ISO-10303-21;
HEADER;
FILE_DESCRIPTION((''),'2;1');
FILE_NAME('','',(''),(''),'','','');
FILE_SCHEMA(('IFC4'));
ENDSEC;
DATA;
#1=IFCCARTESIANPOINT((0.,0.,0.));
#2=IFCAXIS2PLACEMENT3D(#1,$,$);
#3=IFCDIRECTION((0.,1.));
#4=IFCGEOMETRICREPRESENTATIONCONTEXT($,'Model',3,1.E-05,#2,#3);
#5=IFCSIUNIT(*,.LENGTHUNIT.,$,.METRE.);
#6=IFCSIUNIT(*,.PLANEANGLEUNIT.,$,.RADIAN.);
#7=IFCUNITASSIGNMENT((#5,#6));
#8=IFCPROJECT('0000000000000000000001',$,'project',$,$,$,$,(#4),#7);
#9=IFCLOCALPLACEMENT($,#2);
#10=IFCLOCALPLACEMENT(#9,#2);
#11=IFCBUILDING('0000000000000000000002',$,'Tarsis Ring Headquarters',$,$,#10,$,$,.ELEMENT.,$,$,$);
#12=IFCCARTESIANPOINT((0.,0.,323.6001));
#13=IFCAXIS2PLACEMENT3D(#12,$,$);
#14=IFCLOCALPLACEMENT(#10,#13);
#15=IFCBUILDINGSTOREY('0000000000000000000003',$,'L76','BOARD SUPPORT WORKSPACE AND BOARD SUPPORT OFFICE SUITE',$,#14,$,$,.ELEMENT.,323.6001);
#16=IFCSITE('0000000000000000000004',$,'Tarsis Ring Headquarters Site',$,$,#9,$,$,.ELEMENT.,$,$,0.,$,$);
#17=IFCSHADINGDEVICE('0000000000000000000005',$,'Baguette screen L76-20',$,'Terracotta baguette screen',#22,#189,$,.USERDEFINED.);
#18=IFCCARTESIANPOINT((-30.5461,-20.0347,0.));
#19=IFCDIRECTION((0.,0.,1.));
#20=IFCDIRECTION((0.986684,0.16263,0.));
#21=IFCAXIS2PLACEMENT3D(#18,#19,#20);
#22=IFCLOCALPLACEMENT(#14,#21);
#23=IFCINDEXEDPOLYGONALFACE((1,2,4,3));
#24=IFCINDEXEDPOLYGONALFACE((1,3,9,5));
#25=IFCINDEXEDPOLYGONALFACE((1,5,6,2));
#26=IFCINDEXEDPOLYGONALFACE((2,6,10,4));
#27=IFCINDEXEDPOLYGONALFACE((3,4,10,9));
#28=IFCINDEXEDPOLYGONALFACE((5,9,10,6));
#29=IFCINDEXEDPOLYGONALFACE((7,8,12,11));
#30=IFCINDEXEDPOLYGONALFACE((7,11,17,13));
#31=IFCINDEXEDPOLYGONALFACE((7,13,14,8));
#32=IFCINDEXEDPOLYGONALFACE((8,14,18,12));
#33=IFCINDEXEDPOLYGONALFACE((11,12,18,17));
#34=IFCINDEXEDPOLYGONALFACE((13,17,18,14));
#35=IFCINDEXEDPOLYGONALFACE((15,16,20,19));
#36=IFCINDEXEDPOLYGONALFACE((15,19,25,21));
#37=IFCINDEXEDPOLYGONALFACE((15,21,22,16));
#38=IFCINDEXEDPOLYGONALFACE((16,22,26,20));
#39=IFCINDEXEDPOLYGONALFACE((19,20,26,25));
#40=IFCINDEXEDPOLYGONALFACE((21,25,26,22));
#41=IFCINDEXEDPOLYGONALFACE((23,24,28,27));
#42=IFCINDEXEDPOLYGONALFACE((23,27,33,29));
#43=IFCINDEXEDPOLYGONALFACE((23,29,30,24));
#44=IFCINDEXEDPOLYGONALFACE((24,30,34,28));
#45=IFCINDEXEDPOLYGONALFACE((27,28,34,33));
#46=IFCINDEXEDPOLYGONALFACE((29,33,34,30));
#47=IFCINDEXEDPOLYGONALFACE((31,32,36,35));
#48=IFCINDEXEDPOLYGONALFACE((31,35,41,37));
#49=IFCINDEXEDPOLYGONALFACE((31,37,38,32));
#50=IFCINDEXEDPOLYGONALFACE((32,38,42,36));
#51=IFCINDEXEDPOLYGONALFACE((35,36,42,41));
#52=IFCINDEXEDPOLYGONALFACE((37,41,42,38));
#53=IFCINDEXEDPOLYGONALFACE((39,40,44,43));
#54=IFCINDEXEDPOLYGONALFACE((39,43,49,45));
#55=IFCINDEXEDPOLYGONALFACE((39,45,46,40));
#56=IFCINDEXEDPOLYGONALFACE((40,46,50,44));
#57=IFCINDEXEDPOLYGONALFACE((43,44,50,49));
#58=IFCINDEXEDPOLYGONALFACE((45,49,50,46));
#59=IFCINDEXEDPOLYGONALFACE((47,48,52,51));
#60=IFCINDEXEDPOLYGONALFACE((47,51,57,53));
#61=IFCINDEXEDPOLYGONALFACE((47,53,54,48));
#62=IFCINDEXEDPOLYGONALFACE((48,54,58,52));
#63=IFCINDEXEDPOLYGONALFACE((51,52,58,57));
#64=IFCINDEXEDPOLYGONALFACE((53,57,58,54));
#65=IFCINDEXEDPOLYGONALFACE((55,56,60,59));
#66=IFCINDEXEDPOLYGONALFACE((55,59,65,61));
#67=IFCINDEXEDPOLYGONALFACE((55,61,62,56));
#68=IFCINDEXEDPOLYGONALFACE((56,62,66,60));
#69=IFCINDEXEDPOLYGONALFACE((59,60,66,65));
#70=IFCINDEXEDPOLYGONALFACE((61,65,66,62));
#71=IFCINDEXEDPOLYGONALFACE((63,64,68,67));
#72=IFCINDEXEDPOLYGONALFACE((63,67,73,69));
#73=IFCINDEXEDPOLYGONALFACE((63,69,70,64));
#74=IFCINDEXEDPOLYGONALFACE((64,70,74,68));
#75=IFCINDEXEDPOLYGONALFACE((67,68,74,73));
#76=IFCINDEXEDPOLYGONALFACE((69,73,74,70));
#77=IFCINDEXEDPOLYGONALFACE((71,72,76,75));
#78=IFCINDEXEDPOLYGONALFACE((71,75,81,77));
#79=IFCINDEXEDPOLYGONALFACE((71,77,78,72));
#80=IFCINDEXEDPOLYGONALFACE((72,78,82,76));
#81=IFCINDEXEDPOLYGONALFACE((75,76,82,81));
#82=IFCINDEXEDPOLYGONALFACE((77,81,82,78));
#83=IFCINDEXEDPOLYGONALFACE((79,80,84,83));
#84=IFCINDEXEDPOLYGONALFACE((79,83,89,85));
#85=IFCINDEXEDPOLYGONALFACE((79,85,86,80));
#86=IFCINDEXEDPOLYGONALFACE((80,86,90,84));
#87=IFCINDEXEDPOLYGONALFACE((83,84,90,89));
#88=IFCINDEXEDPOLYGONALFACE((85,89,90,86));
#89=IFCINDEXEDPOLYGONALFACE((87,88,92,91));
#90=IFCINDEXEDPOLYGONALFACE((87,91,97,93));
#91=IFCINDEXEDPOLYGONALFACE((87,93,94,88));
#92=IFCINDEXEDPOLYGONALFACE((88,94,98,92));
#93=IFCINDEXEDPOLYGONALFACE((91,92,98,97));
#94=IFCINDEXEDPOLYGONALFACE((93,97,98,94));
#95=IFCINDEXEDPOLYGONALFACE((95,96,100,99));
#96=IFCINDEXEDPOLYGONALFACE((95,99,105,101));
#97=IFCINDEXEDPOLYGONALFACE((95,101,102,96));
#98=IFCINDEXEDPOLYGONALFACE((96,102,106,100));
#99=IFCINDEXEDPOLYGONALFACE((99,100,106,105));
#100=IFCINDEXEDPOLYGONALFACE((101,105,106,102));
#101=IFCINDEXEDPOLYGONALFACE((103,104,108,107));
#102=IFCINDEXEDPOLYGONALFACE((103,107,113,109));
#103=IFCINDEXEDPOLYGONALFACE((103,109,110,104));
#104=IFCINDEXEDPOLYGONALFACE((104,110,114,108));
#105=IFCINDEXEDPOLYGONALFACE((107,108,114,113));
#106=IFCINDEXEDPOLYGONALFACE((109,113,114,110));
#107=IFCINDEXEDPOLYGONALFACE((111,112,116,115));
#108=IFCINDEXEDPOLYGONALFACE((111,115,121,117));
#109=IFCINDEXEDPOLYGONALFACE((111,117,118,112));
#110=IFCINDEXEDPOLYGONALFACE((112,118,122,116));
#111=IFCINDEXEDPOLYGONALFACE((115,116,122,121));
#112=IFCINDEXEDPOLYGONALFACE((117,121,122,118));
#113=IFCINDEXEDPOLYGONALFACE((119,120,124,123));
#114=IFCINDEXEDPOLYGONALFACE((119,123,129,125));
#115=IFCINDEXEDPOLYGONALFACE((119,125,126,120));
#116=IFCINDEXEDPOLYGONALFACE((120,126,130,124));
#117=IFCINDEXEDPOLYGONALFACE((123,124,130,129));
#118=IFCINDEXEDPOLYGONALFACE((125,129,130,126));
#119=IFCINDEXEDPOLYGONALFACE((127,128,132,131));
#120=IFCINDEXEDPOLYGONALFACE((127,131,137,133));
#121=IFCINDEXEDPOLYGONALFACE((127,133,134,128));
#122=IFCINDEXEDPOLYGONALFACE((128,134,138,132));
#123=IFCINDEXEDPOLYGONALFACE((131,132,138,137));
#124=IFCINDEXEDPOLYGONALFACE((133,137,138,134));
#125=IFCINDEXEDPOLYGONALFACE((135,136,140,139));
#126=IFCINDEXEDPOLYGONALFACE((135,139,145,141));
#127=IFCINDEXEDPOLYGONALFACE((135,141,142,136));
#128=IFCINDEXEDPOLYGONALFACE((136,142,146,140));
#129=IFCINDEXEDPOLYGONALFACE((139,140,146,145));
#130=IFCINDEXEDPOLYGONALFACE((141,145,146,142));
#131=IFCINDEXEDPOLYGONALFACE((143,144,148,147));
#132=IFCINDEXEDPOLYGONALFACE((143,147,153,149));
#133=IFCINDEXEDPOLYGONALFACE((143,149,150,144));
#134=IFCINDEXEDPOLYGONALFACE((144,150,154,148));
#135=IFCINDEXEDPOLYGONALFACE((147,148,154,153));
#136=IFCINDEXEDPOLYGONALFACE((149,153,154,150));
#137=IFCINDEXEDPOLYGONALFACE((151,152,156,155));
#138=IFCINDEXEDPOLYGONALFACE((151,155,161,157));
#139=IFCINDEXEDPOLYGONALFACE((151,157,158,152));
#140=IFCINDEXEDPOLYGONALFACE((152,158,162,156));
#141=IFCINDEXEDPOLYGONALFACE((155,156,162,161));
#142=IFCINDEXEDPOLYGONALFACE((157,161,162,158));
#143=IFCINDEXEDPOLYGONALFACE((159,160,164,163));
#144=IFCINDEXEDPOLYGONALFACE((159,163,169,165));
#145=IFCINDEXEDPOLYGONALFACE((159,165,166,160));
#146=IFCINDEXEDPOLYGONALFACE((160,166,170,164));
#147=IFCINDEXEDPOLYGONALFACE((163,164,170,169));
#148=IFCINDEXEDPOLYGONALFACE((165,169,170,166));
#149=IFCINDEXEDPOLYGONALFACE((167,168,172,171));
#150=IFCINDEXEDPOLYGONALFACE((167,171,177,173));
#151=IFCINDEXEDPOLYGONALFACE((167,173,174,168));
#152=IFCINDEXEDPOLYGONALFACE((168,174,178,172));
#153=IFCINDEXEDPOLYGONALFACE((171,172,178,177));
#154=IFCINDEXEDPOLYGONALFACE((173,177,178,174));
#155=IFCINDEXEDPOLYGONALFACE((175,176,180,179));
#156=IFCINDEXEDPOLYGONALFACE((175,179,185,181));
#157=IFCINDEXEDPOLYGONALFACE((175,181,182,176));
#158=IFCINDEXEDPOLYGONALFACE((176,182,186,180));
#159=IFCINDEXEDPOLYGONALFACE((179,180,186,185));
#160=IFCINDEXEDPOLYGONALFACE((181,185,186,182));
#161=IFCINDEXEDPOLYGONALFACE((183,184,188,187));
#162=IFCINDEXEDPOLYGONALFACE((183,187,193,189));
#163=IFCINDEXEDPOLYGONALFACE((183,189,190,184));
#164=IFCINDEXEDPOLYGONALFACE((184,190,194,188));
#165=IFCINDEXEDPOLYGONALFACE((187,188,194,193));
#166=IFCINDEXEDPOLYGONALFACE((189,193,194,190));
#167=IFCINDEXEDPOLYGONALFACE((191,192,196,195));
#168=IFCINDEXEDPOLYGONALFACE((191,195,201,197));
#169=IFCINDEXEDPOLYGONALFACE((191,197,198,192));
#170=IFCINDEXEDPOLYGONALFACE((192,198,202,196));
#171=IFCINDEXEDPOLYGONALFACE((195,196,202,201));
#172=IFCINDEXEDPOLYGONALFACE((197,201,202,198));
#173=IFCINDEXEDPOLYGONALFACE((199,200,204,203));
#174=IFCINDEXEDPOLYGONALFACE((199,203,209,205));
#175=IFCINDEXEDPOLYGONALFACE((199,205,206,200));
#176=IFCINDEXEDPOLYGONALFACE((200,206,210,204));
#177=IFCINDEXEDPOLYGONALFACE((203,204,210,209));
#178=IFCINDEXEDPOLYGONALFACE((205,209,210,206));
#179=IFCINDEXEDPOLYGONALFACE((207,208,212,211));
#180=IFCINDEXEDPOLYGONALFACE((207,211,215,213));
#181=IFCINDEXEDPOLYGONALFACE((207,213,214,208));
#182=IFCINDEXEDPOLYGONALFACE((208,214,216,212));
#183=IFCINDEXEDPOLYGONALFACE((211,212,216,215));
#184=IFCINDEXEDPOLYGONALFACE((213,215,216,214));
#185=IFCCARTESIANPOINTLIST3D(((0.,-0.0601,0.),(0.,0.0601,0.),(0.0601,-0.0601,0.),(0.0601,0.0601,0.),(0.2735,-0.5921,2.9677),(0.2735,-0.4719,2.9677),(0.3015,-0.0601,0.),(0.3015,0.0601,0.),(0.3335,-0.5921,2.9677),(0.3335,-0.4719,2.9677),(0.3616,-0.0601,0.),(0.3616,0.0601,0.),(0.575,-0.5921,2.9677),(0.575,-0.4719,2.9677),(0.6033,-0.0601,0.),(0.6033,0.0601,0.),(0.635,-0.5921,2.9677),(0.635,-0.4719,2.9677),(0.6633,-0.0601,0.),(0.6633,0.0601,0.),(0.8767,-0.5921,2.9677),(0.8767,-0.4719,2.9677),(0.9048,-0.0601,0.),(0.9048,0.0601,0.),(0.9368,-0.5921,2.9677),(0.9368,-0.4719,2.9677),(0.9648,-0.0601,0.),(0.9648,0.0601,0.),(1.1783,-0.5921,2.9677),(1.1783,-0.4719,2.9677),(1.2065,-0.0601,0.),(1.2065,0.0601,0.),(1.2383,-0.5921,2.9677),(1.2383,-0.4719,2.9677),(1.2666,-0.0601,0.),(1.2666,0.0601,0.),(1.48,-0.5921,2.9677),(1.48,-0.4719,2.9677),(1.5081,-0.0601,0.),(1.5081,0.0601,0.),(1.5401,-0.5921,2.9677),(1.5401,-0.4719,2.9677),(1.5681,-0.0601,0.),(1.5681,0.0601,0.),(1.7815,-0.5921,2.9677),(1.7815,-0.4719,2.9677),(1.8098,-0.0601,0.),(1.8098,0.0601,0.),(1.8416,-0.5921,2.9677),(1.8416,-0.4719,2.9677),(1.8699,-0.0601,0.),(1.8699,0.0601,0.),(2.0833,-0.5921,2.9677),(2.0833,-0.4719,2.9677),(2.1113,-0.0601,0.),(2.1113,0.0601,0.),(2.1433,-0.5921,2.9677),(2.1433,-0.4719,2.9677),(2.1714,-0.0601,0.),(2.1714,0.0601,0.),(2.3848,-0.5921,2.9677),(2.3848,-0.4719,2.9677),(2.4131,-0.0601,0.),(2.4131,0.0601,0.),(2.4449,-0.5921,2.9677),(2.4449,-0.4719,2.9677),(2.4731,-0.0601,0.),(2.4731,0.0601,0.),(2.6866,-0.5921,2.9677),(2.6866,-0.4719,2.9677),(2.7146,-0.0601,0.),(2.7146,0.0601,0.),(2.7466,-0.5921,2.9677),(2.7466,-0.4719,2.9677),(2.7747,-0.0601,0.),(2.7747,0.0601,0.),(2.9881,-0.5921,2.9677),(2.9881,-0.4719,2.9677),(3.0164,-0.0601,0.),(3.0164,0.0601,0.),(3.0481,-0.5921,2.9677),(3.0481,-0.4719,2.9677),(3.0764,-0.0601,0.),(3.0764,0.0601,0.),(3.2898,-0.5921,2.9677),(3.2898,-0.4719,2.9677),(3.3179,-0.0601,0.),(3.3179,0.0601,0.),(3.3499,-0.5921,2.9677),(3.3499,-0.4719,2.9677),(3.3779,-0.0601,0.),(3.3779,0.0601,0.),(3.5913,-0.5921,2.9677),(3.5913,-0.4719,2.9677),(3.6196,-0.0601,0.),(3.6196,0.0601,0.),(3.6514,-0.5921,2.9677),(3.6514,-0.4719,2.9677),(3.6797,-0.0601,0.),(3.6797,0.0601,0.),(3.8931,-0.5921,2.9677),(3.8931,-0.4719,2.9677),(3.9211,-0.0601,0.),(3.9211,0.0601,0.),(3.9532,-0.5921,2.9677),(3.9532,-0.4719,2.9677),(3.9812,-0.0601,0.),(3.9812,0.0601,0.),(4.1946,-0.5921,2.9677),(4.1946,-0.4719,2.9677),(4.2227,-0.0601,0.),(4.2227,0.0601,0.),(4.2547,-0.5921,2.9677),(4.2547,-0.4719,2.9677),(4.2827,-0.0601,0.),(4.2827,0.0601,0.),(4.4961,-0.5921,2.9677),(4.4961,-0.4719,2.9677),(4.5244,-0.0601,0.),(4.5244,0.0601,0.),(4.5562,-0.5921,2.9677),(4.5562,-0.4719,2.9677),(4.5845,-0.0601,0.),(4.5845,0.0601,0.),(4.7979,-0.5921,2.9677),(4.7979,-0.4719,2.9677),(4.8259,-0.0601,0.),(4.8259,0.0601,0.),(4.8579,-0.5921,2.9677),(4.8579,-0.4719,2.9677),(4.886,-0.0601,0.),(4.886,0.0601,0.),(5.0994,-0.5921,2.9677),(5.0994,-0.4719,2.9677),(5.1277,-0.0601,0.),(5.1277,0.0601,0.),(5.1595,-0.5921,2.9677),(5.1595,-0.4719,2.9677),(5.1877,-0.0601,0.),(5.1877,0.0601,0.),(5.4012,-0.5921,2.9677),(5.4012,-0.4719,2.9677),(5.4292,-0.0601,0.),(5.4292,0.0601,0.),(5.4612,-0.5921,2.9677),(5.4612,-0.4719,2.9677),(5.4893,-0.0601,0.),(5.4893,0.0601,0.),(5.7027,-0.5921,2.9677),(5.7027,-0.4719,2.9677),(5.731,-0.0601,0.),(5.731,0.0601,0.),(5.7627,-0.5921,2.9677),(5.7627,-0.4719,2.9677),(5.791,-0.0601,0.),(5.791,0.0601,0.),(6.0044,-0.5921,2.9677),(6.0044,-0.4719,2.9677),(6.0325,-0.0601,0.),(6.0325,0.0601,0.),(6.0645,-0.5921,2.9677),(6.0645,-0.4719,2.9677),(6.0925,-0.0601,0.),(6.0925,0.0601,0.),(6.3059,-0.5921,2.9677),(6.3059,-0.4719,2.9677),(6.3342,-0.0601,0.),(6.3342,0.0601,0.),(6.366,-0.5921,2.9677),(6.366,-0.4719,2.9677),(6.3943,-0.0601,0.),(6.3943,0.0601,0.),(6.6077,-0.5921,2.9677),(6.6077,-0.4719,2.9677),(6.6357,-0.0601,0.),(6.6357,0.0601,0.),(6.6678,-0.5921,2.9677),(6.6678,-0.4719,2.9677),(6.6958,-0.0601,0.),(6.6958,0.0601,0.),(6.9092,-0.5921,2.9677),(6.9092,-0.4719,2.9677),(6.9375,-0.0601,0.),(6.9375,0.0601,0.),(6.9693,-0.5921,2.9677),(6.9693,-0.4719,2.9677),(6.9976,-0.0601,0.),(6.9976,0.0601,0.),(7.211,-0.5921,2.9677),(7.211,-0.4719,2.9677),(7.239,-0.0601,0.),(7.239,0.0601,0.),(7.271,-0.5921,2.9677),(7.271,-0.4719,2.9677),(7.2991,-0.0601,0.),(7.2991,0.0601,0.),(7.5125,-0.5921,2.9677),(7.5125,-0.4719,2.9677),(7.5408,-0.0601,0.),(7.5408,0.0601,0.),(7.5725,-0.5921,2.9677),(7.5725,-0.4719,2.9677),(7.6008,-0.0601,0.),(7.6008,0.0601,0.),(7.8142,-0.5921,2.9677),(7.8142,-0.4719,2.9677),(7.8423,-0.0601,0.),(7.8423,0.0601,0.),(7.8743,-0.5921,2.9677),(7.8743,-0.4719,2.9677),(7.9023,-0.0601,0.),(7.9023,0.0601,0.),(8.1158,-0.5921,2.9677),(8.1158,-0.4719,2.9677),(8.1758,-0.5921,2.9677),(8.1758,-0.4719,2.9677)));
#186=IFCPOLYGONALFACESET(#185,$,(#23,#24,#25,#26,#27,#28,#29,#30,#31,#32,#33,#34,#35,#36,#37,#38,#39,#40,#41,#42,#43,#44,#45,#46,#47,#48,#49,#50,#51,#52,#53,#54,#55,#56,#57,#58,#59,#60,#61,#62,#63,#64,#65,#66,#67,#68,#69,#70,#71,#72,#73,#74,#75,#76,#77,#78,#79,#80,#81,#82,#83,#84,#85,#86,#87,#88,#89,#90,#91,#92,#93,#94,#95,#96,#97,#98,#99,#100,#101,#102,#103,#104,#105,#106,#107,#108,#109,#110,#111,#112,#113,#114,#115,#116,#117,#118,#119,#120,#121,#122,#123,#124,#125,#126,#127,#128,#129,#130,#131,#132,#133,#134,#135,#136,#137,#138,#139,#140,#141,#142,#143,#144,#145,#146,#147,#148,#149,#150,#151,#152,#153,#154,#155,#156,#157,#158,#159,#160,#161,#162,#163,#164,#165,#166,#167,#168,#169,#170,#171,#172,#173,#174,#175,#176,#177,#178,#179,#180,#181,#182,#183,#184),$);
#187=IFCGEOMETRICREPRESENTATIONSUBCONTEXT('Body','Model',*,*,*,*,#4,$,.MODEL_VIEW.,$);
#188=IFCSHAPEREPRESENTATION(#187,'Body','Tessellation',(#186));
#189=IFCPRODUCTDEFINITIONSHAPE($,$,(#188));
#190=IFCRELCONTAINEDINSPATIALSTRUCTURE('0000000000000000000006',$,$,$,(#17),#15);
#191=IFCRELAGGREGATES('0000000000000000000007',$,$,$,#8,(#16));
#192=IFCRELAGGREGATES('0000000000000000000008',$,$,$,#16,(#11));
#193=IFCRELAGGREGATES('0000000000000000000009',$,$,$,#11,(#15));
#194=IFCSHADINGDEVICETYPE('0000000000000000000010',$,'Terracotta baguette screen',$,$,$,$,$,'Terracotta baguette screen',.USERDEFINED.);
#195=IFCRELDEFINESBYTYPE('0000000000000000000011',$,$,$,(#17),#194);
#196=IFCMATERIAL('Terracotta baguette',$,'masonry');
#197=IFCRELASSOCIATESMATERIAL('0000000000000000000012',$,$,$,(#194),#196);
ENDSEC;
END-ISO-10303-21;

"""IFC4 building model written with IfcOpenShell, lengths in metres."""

from ifc_helpers import new_model, si_unit, direction, frame, frame_2d, origin, place, context, subcontext, project, spatial, rectangle, composite_profile, extrude, material, type_object, element, save


model = new_model("IFC4")

# Units and contexts
model_context = context("Model", 3, precision=1e-05, world=origin(), true_north=direction((0.0, 1.0)))
body_context = subcontext(model_context, "Body", "Model", "MODEL_VIEW")
ifc_project = project(units=[si_unit("LENGTHUNIT", "METRE"), si_unit("PLANEANGLEUNIT", "RADIAN")], contexts=[model_context])

# Site, building, storey
site_placement = place(None, origin())
site = spatial("IfcSite", under=ifc_project, at=site_placement, Name="Tarsis Ring Headquarters Site", CompositionType="ELEMENT", RefElevation=0.0)
building_placement = place(site_placement, origin())
building = spatial("IfcBuilding", under=site, at=building_placement, Name="Tarsis Ring Headquarters", CompositionType="ELEMENT")
storey_placement = place(building_placement, frame((0.0, 0.0, 323.6001)))
storey = spatial("IfcBuildingStorey", under=building, at=storey_placement, Name="L76", Description="BOARD SUPPORT WORKSPACE AND BOARD SUPPORT OFFICE SUITE", CompositionType="ELEMENT", Elevation=323.6001)

# Shading device
ifc_material_1 = material(Name="Terracotta baguette", Category="masonry")
shading_device_type_1 = type_object("IfcShadingDeviceType", Name="Terracotta baguette screen", ElementType="Terracotta baguette screen", PredefinedType="USERDEFINED", material=ifc_material_1)
shading_device_1_placement = place(storey_placement, frame((-30.5461, -20.0347, 0.0), z_axis=(0.0, 0.0, 1.0), x_axis=(0.986684, 0.16263, 0.0)))
element("IfcShadingDevice", 1, at=shading_device_1_placement, inside=storey, type_object=shading_device_type_1, Name="Baguette screen L76-20", ObjectType="Terracotta baguette screen", PredefinedType="USERDEFINED", context=body_context, shape_type="SweptSolid", body=[
    extrude(composite_profile([rectangle(XDim=0.0601, YDim=0.1201, at=frame_2d((0.03, 0.0))), rectangle(XDim=0.0601, YDim=0.1201, at=frame_2d((0.3315, 0.0))), rectangle(XDim=0.0601, YDim=0.1201, at=frame_2d((0.6333, 0.0))), rectangle(XDim=0.0601, YDim=0.1201, at=frame_2d((0.9348, 0.0))), rectangle(XDim=0.0601, YDim=0.1201, at=frame_2d((1.2366, 0.0))), rectangle(XDim=0.0601, YDim=0.1201, at=frame_2d((1.5381, 0.0))), rectangle(XDim=0.0601, YDim=0.1201, at=frame_2d((1.8398, 0.0))), rectangle(XDim=0.0601, YDim=0.1201, at=frame_2d((2.1414, 0.0))), rectangle(XDim=0.0601, YDim=0.1201, at=frame_2d((2.4431, 0.0))), rectangle(XDim=0.0601, YDim=0.1201, at=frame_2d((2.7446, 0.0))), rectangle(XDim=0.0601, YDim=0.1201, at=frame_2d((3.0464, 0.0))), rectangle(XDim=0.0601, YDim=0.1201, at=frame_2d((3.3479, 0.0))), rectangle(XDim=0.0601, YDim=0.1201, at=frame_2d((3.6497, 0.0))), rectangle(XDim=0.0601, YDim=0.1201, at=frame_2d((3.9512, 0.0))), rectangle(XDim=0.0601, YDim=0.1201, at=frame_2d((4.2527, 0.0))), rectangle(XDim=0.0601, YDim=0.1201, at=frame_2d((4.5544, 0.0))), rectangle(XDim=0.0601, YDim=0.1201, at=frame_2d((4.856, 0.0))), rectangle(XDim=0.0601, YDim=0.1201, at=frame_2d((5.1577, 0.0))), rectangle(XDim=0.0601, YDim=0.1201, at=frame_2d((5.4592, 0.0))), rectangle(XDim=0.0601, YDim=0.1201, at=frame_2d((5.761, 0.0))), rectangle(XDim=0.0601, YDim=0.1201, at=frame_2d((6.0625, 0.0))), rectangle(XDim=0.0601, YDim=0.1201, at=frame_2d((6.3643, 0.0))), rectangle(XDim=0.0601, YDim=0.1201, at=frame_2d((6.6658, 0.0))), rectangle(XDim=0.0601, YDim=0.1201, at=frame_2d((6.9675, 0.0))), rectangle(XDim=0.0601, YDim=0.1201, at=frame_2d((7.269, 0.0))), rectangle(XDim=0.0601, YDim=0.1201, at=frame_2d((7.5708, 0.0))), rectangle(XDim=0.0601, YDim=0.1201, at=frame_2d((7.8723, 0.0)))]), origin(), (0.090333, -0.175734, 0.980284), 3.0273),
])

save(model, "model.ifc")
